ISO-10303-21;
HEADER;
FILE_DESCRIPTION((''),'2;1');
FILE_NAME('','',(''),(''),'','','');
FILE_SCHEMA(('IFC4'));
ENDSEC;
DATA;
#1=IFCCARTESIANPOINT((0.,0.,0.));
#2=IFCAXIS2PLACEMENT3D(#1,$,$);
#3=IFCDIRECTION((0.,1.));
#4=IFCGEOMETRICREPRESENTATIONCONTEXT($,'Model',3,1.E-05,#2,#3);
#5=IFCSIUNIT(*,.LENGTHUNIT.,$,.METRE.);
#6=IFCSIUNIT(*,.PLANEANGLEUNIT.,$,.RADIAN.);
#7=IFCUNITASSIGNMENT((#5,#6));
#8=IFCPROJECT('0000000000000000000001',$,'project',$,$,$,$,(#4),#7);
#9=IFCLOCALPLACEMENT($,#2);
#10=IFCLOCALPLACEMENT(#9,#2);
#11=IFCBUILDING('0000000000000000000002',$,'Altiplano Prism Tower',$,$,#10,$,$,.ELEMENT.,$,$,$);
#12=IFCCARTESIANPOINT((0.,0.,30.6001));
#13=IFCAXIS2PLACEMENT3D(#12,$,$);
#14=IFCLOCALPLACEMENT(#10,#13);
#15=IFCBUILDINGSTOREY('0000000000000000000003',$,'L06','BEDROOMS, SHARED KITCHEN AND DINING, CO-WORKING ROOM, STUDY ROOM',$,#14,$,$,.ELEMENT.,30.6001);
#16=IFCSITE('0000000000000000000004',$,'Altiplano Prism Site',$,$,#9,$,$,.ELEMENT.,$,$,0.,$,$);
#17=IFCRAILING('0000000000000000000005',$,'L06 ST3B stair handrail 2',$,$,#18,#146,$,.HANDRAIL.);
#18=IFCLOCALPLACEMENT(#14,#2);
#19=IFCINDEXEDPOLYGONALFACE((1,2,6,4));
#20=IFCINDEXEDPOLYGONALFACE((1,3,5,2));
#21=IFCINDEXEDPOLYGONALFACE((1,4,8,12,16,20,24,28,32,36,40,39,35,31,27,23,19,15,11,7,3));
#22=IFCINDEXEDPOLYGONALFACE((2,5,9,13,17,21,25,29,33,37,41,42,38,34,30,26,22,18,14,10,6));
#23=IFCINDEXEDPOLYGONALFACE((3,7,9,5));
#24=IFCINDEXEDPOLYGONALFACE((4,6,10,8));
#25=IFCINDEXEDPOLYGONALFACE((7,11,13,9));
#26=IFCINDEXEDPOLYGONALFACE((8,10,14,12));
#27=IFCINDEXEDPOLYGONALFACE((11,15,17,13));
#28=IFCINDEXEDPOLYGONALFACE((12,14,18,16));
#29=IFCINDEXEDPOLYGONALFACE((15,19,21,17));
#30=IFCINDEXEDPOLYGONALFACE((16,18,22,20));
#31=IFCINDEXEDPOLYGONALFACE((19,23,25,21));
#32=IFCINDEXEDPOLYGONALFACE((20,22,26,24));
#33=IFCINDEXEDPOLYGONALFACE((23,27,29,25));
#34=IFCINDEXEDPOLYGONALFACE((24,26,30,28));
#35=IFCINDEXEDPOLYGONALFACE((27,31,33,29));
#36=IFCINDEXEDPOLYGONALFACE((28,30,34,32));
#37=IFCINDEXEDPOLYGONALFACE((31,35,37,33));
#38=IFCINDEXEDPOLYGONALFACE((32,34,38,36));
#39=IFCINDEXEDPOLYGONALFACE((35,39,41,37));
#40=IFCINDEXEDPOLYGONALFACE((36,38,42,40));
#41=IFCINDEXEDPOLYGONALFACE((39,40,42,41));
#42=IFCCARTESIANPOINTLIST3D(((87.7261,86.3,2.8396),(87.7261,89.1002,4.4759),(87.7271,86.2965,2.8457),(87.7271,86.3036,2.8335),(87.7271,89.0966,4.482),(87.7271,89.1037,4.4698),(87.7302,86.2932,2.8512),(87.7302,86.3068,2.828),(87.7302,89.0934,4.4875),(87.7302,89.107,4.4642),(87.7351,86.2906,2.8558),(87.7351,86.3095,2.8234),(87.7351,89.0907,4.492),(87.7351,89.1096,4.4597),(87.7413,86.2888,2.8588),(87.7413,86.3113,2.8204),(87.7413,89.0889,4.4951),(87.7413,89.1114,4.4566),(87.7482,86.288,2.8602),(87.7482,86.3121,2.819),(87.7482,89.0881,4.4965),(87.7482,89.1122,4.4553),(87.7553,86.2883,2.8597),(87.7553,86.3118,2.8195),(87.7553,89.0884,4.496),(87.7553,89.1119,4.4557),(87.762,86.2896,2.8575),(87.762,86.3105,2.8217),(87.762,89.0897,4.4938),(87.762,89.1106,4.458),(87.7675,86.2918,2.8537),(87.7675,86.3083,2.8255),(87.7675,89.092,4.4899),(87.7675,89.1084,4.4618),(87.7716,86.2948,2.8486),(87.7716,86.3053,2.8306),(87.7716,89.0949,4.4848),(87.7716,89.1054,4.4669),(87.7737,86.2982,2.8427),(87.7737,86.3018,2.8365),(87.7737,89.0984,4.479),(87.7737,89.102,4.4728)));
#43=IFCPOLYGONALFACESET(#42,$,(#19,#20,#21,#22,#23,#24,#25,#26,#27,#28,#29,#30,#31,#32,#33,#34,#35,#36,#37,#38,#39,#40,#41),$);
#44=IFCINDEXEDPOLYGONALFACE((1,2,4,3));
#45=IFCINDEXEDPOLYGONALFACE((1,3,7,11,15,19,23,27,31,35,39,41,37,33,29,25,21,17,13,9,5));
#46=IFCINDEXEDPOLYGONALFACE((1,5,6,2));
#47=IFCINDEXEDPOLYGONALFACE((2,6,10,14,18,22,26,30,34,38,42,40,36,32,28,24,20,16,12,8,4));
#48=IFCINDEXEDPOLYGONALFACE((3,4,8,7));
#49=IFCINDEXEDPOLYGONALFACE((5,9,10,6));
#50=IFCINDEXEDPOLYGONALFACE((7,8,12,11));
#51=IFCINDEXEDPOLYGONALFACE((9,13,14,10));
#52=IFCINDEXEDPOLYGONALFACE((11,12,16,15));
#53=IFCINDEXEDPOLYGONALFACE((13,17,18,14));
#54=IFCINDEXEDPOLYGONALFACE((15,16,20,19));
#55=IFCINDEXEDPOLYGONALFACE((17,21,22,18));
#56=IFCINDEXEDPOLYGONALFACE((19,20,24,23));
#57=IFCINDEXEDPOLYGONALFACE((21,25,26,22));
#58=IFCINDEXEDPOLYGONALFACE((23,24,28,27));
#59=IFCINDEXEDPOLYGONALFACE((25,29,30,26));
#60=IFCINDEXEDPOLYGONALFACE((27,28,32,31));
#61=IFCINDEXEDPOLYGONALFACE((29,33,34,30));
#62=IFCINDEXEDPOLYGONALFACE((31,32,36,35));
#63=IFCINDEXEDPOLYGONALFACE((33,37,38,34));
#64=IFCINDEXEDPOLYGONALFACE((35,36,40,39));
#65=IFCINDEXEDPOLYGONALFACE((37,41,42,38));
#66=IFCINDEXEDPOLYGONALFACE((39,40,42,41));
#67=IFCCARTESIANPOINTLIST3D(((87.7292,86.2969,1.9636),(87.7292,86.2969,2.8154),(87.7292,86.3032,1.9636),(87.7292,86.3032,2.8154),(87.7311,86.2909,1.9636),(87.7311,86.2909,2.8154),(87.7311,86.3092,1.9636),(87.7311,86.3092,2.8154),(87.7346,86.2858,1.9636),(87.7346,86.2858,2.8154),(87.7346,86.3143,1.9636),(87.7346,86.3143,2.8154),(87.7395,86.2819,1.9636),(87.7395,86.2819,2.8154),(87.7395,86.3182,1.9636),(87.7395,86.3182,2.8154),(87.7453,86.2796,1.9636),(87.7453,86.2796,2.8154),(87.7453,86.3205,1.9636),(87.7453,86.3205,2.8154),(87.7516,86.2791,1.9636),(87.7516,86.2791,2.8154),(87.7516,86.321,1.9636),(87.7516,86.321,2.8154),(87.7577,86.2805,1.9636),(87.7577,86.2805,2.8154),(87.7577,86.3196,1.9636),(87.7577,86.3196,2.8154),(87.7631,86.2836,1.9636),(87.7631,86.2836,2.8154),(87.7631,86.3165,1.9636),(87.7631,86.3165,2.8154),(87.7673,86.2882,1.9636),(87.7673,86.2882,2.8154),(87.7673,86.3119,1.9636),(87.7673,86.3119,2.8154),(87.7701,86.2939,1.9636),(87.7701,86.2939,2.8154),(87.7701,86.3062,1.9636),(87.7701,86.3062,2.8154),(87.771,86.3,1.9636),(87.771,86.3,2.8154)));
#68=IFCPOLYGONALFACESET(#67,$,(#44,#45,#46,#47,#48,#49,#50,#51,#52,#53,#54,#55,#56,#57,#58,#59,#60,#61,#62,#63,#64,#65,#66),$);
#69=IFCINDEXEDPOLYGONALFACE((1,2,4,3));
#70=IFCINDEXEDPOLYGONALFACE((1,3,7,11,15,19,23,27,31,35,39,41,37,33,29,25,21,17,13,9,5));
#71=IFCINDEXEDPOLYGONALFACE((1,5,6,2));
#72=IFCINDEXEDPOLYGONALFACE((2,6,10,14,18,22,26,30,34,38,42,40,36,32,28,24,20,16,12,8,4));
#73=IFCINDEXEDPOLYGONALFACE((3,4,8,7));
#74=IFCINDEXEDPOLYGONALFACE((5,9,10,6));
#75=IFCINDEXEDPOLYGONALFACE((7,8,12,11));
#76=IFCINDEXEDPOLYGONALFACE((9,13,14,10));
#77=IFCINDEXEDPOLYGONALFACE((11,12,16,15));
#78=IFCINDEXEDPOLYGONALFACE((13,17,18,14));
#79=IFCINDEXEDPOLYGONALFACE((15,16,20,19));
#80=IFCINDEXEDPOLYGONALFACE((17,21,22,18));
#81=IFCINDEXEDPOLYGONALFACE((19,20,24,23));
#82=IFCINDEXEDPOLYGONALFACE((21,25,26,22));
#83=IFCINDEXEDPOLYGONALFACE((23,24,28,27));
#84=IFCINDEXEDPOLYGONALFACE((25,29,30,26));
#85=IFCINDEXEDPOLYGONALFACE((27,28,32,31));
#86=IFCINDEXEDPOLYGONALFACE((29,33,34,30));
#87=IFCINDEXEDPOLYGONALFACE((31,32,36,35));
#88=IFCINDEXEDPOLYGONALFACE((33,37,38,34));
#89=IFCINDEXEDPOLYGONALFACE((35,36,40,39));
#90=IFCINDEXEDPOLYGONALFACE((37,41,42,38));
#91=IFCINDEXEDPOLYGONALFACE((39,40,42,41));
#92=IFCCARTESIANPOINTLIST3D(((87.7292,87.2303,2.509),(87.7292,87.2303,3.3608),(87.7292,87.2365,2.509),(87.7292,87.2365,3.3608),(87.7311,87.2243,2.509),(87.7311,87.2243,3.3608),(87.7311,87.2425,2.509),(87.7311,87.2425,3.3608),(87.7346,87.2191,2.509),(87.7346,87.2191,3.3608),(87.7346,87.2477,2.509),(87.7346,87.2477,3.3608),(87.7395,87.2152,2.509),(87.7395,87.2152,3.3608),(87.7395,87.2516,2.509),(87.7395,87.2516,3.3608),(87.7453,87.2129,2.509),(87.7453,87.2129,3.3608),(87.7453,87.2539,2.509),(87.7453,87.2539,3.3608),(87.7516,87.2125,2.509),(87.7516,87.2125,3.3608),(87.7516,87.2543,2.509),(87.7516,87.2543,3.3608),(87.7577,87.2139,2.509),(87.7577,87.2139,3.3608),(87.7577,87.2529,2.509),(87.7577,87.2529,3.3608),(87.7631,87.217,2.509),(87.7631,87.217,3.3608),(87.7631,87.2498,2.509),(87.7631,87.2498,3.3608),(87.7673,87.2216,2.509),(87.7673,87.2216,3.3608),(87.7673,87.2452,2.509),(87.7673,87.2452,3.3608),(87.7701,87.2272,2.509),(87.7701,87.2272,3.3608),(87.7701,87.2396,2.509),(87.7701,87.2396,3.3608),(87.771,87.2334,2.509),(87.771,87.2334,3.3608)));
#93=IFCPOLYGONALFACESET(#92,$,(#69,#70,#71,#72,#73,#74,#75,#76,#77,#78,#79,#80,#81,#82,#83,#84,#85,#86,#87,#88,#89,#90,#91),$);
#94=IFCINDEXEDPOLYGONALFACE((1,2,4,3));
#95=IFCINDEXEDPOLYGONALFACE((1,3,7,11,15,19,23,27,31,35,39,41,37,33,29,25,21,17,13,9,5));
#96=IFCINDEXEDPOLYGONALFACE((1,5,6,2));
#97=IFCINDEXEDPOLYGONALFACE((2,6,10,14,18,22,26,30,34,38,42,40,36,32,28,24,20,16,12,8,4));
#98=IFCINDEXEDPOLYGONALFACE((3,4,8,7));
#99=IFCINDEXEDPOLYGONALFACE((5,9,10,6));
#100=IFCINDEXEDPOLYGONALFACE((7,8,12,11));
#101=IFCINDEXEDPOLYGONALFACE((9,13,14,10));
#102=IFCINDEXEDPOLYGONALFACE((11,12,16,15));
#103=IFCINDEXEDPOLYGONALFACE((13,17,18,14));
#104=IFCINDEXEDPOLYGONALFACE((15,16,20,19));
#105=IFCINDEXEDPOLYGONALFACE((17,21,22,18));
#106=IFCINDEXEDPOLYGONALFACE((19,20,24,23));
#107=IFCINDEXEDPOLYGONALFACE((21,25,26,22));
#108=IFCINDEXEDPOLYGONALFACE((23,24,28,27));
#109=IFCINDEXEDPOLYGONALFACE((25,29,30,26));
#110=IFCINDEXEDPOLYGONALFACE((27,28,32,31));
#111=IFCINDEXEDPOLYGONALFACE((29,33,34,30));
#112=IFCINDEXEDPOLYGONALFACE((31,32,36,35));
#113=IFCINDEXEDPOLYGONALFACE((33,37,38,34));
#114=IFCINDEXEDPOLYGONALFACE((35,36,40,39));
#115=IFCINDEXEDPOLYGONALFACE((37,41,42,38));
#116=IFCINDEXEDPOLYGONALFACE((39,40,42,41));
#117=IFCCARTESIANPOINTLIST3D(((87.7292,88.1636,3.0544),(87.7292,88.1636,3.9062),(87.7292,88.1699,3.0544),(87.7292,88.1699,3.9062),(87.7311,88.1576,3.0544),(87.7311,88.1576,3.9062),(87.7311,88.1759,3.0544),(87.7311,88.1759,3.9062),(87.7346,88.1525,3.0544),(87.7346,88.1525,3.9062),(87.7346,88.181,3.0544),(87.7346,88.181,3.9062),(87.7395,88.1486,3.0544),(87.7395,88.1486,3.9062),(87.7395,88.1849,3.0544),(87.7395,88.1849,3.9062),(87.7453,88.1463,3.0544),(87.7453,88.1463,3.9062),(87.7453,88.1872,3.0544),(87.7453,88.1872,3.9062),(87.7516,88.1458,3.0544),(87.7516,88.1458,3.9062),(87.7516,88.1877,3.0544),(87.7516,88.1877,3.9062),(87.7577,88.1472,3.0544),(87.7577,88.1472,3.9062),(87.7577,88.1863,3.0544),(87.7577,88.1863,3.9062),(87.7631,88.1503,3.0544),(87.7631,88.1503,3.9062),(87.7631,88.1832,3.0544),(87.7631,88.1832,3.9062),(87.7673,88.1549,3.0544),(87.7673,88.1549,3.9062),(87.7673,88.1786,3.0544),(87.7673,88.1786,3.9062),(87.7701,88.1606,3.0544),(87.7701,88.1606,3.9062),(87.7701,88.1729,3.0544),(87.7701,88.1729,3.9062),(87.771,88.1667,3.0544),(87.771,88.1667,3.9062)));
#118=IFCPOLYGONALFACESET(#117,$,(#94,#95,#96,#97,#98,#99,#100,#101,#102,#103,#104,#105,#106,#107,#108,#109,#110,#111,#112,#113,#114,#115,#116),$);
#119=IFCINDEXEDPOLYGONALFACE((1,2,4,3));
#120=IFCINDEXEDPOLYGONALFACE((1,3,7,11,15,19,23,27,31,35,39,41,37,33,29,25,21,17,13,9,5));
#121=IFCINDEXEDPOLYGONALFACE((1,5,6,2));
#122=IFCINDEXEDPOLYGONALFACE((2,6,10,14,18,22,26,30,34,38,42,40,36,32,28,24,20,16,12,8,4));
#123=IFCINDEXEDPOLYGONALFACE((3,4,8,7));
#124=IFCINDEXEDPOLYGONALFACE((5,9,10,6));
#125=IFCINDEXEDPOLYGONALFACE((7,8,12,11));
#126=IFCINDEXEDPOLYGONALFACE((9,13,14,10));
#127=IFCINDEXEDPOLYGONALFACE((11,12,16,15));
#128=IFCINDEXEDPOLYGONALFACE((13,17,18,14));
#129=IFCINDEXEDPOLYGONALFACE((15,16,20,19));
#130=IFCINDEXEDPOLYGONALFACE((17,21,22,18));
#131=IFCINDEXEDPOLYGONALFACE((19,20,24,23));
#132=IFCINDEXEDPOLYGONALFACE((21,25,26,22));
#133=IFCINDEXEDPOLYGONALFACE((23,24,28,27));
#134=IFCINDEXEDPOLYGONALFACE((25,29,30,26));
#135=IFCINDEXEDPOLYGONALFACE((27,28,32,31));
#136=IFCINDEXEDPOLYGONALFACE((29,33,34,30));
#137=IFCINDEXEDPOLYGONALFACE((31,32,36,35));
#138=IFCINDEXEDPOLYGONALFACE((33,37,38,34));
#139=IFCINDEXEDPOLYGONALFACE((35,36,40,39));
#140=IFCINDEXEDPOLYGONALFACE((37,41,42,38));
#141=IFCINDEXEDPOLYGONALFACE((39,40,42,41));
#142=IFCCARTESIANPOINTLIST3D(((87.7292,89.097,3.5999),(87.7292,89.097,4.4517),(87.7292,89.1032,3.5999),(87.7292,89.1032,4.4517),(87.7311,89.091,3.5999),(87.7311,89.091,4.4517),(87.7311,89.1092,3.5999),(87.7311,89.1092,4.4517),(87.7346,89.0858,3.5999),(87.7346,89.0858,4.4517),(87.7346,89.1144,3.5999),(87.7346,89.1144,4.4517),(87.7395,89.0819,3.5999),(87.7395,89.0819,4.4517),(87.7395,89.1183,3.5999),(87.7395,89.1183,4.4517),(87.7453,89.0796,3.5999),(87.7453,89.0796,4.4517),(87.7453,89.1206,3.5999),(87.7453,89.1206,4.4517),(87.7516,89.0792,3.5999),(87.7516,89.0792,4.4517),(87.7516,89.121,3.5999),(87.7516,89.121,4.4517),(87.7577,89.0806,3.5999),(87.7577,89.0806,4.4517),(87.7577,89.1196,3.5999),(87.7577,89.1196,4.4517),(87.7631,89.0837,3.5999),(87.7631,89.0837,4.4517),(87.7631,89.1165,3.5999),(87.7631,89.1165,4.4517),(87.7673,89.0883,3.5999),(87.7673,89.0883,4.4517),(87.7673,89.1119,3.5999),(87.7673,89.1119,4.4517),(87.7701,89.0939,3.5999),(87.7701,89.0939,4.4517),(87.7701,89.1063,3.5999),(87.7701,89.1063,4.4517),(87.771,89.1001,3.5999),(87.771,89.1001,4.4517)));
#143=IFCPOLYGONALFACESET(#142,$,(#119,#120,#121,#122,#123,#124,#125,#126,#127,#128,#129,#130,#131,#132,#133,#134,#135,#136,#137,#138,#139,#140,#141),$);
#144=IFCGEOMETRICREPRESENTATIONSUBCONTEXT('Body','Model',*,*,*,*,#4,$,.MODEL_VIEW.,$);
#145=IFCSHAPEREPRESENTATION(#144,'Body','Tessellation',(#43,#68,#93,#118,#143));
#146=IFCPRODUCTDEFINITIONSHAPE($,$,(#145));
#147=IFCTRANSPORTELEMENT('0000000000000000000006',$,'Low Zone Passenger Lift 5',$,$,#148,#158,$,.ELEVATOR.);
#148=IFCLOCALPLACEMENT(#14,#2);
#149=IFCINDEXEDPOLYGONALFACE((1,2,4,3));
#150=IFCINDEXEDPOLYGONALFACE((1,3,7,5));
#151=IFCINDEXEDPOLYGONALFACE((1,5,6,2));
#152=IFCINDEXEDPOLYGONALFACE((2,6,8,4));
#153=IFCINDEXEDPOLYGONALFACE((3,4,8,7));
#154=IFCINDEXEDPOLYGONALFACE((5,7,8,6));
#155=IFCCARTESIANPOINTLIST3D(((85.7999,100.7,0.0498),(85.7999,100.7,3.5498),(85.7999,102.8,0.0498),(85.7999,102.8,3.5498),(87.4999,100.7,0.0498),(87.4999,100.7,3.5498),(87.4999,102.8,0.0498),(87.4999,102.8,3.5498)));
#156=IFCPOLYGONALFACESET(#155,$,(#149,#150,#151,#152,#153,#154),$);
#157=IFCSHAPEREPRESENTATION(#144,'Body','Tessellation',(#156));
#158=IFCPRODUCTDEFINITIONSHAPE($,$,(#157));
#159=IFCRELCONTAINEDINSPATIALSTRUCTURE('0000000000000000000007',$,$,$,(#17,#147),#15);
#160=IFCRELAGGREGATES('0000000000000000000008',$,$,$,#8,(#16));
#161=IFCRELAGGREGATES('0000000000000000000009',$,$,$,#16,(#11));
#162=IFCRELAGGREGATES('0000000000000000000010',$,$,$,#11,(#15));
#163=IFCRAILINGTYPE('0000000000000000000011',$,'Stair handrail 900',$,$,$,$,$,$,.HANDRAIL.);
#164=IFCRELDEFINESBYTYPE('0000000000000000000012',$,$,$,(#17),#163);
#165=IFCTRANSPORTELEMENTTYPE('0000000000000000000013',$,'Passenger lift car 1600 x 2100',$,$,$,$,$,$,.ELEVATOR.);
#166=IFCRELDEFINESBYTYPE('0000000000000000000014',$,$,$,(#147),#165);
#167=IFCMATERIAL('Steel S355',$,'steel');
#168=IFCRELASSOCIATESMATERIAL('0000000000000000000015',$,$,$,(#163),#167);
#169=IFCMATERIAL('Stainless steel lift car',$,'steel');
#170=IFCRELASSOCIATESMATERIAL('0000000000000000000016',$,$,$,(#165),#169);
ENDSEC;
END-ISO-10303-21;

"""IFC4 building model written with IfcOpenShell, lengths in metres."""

from ifc_helpers import new_model, si_unit, direction, frame, origin, origin_2d, place, context, subcontext, project, spatial, rectangle, circle, extrude, material, type_object, element, save


model = new_model("IFC4")

# Units and contexts
model_context = context("Model", 3, precision=1e-05, world=origin(), true_north=direction((0.0, 1.0)))
body_context = subcontext(model_context, "Body", "Model", "MODEL_VIEW")
ifc_project = project(units=[si_unit("LENGTHUNIT", "METRE"), si_unit("PLANEANGLEUNIT", "RADIAN")], contexts=[model_context])

# Site, building, storey
site_placement = place(None, origin())
site = spatial("IfcSite", under=ifc_project, at=site_placement, Name="Altiplano Prism Site", CompositionType="ELEMENT", RefElevation=0.0)
building_placement = place(site_placement, origin())
building = spatial("IfcBuilding", under=site, at=building_placement, Name="Altiplano Prism Tower", CompositionType="ELEMENT")
storey_placement = place(building_placement, frame((0.0, 0.0, 30.6001)))
storey = spatial("IfcBuildingStorey", under=building, at=storey_placement, Name="L06", Description="BEDROOMS, SHARED KITCHEN AND DINING, CO-WORKING ROOM, STUDY ROOM", CompositionType="ELEMENT", Elevation=30.6001)

# Railing
ifc_material_1 = material(Name="Steel S355", Category="steel")
railing_type_1 = type_object("IfcRailingType", Name="Stair handrail 900", PredefinedType="HANDRAIL", material=ifc_material_1)
railing_1_placement = place(storey_placement, frame((87.75, 86.3, 1.9636)))
element("IfcRailing", 1, at=railing_1_placement, inside=storey, type_object=railing_type_1, Name="L06 ST3B stair handrail 2", PredefinedType="HANDRAIL", context=body_context, shape_type="SweptSolid", body=[
    extrude(circle(Radius=0.0239, at=origin_2d()), frame((0.0, 0.0, 0.876), z_axis=(0.0, 0.863394, 0.504531), x_axis=(-1.0, 0.0, 0.0)), (0.0, 0.0, 1.0), 3.2432),
    extrude(circle(Radius=0.021, at=origin_2d()), origin(), (0.0, 0.0, 1.0), 0.8518),
    extrude(circle(Radius=0.021, at=origin_2d()), frame((0.0, 0.9333, 0.5454)), (0.0, 0.0, 1.0), 0.8518),
    extrude(circle(Radius=0.021, at=origin_2d()), frame((0.0, 1.8667, 1.0908)), (0.0, 0.0, 1.0), 0.8518),
    extrude(circle(Radius=0.021, at=origin_2d()), frame((0.0, 2.8, 1.6362)), (0.0, 0.0, 1.0), 0.8518),
])

# Transport element
ifc_material_2 = material(Name="Stainless steel lift car", Category="steel")
transport_element_type = type_object("IfcTransportElementType", Name="Passenger lift car 1600 x 2100", PredefinedType="ELEVATOR", material=ifc_material_2)
transport_element_placement = place(storey_placement, frame((86.6499, 101.75, 0.0498), z_axis=(0.0, 0.0, 1.0), x_axis=(1.0, 0.0, 0.0)))
element("IfcTransportElement", 2, at=transport_element_placement, inside=storey, type_object=transport_element_type, Name="Low Zone Passenger Lift 5", PredefinedType="ELEVATOR", context=body_context, shape_type="SweptSolid", body=[
    extrude(rectangle(XDim=1.7, YDim=2.1001, at=origin_2d()), origin(), (0.0, 0.0, 1.0), 3.5),
])

save(model, "model.ifc")
